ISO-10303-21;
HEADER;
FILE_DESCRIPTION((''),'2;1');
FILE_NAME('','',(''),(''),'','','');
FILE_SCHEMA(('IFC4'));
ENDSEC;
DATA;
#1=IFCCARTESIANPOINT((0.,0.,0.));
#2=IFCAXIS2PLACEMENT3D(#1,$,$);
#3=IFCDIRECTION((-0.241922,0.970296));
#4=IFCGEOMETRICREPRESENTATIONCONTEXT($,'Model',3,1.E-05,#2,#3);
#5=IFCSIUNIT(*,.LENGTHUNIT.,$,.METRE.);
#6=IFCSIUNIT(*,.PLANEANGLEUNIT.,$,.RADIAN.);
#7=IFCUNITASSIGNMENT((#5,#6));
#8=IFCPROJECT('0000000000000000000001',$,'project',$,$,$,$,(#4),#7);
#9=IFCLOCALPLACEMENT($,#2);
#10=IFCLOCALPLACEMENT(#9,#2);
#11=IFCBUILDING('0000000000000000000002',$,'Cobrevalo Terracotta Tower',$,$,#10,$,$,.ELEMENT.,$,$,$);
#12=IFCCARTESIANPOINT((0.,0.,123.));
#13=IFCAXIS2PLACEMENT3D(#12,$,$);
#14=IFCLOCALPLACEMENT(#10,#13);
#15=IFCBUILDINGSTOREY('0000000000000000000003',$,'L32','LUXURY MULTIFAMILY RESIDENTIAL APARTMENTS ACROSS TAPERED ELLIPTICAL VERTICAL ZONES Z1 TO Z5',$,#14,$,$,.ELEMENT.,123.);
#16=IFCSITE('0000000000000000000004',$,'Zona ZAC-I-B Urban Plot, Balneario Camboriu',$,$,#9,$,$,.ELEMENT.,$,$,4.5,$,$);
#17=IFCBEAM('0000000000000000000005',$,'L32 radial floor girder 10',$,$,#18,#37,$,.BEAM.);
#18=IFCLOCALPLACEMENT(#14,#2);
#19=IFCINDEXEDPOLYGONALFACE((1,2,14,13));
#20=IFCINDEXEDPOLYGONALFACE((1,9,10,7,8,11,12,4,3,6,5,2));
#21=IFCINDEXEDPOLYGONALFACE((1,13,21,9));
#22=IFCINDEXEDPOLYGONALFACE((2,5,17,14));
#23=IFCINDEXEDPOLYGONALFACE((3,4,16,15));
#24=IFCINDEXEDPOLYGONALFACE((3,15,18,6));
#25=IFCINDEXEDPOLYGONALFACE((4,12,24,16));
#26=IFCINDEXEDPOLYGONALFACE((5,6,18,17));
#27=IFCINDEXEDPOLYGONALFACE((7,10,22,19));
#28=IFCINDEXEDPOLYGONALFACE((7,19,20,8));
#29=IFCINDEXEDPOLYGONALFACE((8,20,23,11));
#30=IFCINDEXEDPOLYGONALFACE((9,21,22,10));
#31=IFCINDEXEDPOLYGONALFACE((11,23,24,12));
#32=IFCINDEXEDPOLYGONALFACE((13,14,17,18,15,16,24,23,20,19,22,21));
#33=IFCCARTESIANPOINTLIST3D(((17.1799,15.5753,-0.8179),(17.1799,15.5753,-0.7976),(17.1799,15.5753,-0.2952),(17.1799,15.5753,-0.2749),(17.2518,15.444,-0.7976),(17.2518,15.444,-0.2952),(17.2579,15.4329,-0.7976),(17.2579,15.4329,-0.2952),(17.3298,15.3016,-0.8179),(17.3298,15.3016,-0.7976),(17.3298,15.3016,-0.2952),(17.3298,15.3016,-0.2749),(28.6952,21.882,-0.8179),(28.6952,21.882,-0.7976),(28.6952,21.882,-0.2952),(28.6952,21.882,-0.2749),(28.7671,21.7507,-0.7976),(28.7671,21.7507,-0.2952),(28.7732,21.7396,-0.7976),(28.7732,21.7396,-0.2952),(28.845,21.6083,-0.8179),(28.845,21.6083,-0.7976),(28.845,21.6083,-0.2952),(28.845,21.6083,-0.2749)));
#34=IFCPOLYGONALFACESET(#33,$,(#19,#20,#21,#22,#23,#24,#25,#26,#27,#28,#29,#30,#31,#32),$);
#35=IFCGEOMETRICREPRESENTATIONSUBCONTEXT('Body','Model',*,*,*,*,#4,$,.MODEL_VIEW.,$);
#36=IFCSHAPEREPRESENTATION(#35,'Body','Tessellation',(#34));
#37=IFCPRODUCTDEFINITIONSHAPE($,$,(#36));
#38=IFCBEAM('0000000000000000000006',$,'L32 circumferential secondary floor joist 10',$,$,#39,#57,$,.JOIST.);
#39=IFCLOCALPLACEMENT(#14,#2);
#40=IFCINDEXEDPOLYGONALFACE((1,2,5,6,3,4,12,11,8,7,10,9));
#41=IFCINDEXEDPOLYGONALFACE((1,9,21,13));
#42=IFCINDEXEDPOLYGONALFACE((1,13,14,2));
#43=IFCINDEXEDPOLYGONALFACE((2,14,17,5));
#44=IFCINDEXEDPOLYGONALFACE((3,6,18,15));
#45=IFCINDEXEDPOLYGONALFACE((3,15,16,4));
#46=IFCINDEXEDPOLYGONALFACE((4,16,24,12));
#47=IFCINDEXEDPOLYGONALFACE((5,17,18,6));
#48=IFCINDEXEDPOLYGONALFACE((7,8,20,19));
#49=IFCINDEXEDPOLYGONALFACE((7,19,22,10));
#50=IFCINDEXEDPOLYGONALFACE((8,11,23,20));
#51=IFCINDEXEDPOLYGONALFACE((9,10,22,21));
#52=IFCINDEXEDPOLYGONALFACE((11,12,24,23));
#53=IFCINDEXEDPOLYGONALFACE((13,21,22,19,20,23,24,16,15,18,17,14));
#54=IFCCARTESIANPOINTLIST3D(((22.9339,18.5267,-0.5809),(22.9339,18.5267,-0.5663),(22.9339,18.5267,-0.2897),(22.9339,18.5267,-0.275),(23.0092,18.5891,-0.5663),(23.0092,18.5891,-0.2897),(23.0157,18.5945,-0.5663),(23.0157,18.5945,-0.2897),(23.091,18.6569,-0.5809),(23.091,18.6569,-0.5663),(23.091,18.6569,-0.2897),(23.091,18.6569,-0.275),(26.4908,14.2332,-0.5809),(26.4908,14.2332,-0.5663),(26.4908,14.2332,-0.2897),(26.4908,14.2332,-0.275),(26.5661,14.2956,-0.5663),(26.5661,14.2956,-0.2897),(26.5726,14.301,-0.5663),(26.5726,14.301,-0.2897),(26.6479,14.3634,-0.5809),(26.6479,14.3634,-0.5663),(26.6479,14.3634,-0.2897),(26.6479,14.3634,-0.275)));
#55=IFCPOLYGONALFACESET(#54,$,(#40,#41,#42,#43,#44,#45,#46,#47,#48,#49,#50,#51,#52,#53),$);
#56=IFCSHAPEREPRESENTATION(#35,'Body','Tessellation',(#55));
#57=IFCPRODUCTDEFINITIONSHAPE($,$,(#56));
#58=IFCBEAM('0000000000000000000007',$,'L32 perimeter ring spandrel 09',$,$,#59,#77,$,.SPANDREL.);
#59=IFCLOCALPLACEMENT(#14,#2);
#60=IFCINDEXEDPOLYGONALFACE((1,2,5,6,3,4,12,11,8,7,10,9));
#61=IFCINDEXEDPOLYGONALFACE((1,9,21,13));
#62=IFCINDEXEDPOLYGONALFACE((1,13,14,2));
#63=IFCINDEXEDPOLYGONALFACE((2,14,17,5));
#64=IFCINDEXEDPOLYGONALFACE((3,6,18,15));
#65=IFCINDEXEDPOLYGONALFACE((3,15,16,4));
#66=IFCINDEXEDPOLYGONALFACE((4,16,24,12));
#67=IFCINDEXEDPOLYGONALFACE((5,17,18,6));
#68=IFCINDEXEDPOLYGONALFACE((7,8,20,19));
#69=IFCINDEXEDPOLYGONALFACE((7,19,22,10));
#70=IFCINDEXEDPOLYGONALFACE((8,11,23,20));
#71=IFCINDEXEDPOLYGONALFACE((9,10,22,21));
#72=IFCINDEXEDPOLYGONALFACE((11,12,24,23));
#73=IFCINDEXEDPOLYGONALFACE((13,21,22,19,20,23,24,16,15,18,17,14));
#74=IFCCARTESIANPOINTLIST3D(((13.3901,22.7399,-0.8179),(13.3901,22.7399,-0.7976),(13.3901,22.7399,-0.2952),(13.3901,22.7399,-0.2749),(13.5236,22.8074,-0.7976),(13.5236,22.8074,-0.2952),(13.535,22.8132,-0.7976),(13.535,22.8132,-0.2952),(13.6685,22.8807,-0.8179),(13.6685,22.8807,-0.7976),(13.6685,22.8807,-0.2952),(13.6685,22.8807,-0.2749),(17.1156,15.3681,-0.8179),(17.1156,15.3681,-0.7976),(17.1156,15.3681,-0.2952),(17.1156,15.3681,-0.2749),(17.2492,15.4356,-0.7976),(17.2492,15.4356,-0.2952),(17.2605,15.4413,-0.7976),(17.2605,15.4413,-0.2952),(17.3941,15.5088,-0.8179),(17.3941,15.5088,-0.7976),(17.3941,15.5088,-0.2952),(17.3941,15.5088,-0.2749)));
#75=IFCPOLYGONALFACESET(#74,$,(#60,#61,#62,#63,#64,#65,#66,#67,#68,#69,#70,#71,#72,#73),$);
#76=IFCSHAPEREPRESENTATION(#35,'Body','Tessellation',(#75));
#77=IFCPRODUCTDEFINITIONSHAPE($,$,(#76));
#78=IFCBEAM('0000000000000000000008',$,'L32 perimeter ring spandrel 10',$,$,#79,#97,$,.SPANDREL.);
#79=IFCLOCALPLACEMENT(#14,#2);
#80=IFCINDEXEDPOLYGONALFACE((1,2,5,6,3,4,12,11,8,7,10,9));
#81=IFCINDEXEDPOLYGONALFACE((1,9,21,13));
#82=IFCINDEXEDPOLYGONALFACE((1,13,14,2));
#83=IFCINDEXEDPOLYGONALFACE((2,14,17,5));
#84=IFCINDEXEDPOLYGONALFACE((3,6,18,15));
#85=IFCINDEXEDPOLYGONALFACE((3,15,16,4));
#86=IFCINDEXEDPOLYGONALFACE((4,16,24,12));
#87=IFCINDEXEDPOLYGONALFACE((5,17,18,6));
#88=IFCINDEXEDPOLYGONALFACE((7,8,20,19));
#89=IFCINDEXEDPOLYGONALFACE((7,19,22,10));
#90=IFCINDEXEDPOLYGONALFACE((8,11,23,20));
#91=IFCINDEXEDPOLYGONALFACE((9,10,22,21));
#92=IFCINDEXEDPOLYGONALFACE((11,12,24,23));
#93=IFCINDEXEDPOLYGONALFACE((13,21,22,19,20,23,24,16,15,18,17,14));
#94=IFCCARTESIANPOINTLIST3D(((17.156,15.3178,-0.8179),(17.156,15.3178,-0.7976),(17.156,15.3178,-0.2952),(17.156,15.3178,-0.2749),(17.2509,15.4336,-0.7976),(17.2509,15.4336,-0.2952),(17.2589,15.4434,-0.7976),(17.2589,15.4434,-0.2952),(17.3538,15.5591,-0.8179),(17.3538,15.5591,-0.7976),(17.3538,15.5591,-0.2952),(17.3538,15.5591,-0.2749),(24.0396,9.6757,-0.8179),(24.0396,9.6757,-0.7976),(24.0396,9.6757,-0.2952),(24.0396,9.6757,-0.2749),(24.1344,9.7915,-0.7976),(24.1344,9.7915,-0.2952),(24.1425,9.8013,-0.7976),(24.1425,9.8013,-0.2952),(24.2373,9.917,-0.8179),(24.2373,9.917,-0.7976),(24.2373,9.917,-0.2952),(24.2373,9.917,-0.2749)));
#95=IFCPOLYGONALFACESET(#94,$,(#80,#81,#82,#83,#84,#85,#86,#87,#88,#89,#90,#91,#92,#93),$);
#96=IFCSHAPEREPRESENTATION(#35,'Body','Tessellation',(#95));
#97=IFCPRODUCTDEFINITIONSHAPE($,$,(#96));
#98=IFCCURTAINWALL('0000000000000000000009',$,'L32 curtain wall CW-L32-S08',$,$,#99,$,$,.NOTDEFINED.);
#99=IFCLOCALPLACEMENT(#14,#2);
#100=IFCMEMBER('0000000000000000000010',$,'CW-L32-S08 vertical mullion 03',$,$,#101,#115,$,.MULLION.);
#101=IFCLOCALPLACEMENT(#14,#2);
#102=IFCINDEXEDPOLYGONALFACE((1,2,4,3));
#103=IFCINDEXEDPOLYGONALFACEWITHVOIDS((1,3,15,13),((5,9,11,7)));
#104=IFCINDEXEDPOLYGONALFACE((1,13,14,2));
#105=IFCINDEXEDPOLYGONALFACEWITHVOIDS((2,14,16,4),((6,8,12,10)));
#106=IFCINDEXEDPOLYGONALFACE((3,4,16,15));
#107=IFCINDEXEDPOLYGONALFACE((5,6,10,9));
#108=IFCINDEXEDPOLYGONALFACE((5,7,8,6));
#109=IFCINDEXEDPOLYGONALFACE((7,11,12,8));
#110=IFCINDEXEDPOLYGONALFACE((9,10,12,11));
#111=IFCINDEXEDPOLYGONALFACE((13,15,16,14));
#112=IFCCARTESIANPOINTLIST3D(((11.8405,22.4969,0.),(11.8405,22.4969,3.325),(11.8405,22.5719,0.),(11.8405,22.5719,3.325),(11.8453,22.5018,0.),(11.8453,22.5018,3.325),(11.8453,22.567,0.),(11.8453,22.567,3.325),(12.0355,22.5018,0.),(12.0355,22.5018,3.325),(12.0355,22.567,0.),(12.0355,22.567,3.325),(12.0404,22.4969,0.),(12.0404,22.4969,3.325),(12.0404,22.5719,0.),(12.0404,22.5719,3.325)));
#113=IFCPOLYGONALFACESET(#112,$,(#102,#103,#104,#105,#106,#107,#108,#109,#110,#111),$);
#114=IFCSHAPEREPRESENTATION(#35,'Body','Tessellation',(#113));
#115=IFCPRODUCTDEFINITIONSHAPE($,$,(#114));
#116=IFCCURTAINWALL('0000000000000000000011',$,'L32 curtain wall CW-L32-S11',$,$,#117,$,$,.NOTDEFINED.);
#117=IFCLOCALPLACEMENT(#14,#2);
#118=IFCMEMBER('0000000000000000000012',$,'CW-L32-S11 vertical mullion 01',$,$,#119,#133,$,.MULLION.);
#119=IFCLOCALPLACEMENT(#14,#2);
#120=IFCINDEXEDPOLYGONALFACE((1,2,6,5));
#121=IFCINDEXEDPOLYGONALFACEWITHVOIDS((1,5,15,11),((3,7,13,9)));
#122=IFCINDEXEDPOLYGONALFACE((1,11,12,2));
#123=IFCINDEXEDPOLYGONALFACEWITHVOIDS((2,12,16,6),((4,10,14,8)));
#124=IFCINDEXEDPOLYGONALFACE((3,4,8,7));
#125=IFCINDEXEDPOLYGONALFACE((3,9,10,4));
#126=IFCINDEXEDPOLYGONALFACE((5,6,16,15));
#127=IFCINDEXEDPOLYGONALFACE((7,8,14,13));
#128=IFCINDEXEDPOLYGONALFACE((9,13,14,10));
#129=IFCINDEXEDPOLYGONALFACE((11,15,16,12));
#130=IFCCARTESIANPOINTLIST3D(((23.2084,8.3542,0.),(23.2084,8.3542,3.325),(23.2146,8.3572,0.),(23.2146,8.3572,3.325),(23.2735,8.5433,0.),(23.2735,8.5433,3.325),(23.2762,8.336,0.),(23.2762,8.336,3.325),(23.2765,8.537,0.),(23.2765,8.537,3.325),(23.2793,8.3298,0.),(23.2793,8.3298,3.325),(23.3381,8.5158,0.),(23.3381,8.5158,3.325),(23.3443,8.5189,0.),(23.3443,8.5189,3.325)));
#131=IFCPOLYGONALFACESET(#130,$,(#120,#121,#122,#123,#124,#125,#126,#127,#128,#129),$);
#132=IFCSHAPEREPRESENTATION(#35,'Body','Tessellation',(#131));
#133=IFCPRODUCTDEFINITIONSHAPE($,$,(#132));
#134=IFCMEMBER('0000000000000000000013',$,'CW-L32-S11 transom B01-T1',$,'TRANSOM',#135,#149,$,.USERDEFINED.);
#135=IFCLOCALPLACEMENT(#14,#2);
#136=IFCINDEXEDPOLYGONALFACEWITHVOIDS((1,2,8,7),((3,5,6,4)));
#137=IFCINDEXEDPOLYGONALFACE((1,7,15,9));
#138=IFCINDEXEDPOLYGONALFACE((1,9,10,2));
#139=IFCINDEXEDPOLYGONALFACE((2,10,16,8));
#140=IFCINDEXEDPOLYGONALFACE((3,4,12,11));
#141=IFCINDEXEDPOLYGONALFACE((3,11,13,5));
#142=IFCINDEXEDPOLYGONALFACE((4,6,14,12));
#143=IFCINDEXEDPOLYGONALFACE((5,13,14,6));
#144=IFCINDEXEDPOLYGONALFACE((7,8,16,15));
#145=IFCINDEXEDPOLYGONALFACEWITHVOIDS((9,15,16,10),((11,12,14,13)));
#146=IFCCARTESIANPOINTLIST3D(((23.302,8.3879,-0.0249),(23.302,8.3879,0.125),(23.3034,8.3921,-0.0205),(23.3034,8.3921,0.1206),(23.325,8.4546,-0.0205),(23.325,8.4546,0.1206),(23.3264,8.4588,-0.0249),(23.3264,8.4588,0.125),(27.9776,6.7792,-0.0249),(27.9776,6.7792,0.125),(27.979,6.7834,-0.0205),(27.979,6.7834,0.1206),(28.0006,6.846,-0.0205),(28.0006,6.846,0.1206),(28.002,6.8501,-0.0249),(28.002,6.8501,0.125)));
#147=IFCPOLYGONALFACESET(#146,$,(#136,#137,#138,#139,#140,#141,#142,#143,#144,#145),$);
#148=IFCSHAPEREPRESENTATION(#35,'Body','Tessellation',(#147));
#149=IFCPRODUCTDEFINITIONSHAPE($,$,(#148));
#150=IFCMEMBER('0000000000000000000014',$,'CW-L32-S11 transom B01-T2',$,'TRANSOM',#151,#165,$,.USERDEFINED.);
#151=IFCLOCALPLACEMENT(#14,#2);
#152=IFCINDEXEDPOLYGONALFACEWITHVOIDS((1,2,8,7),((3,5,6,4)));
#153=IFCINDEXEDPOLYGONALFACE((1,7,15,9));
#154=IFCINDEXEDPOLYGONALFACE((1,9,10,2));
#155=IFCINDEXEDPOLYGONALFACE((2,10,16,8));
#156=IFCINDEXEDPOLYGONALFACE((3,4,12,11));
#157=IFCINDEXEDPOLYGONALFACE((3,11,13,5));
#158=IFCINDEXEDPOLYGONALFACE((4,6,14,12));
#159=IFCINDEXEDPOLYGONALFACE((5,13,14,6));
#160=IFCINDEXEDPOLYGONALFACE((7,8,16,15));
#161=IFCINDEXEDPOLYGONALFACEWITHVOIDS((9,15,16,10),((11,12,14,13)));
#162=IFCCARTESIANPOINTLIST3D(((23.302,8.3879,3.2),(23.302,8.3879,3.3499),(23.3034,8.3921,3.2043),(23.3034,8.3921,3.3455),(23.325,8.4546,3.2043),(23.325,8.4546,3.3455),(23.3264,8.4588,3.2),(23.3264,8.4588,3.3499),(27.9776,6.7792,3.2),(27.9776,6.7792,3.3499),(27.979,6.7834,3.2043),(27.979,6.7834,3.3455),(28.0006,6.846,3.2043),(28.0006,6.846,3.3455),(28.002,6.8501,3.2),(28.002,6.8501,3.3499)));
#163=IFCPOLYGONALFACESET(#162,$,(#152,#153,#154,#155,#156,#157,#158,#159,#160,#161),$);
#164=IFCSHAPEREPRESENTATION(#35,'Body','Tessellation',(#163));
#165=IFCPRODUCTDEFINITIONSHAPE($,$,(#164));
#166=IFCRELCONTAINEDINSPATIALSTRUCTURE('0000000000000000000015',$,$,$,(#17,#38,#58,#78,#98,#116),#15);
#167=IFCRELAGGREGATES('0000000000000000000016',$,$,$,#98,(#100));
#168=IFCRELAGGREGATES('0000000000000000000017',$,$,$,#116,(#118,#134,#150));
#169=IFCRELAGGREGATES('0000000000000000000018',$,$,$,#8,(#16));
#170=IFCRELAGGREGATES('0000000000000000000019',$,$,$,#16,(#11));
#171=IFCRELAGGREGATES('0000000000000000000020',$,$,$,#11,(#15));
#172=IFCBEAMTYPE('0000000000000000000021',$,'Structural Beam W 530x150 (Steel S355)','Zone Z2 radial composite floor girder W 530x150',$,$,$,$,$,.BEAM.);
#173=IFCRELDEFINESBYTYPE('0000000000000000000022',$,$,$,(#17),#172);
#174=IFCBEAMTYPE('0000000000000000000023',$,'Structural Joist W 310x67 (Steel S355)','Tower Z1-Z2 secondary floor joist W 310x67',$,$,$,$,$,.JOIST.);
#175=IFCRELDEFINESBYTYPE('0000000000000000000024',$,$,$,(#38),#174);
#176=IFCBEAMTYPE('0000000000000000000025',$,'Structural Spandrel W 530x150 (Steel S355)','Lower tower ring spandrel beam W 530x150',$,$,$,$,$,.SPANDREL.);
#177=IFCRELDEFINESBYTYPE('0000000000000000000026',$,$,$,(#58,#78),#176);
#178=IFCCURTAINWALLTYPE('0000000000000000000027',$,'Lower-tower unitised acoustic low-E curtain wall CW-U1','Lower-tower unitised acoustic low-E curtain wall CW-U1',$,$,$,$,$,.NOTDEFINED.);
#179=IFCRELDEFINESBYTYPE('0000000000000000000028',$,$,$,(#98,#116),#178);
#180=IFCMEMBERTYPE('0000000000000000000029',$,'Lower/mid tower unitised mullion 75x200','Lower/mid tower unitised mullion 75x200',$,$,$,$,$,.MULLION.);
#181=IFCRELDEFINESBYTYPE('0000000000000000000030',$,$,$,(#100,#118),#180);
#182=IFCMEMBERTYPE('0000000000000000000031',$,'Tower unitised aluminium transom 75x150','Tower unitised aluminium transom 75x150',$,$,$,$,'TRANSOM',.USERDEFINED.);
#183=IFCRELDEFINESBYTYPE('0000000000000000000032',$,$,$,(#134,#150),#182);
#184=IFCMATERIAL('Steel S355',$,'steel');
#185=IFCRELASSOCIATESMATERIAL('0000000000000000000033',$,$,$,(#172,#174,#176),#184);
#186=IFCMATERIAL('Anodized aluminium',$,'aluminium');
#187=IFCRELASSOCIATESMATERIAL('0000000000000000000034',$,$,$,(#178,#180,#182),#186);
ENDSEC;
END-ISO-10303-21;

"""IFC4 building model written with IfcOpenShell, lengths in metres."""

from ifc_helpers import new_model, si_unit, direction, frame, origin, origin_2d, place, context, subcontext, project, spatial, hollow_rectangle, i_section, extrude, source, transform, mapped, material, material_profile, profile_set, type_object, element, aggregate, save


model = new_model("IFC4")

# Units and contexts
model_context = context("Model", 3, precision=1e-05, world=origin(), true_north=direction((-0.241922, 0.970296)))
body_context = subcontext(model_context, "Body", "Model", "MODEL_VIEW")
ifc_project = project(units=[si_unit("LENGTHUNIT", "METRE"), si_unit("PLANEANGLEUNIT", "RADIAN")], contexts=[model_context])

# Site, building, storey
site_placement = place(None, origin())
site = spatial("IfcSite", under=ifc_project, at=site_placement, Name="Zona ZAC-I-B Urban Plot, Balneario Camboriu", CompositionType="ELEMENT", RefElevation=4.5)
building_placement = place(site_placement, origin())
building = spatial("IfcBuilding", under=site, at=building_placement, Name="Cobrevalo Terracotta Tower", CompositionType="ELEMENT")
storey_placement = place(building_placement, frame((0.0, 0.0, 123.0)))
storey = spatial("IfcBuildingStorey", under=building, at=storey_placement, Name="L32", Description="LUXURY MULTIFAMILY RESIDENTIAL APARTMENTS ACROSS TAPERED ELLIPTICAL VERTICAL ZONES Z1 TO Z5", CompositionType="ELEMENT", Elevation=123.0)

# Shared definitions
ifc_material_1 = material(Name="Steel S355", Category="steel")

# Beams
ifc_material_profile_1 = material_profile(ifc_material_1, i_section(OverallWidth=0.312, OverallDepth=0.543, WebThickness=0.0127, FlangeThickness=0.0203, at=origin_2d()), Name="W 530x150")
ifc_profile_set_1 = profile_set([ifc_material_profile_1], Name="Steel S355")
beam_type_1 = type_object("IfcBeamType", Name="Structural Beam W 530x150 (Steel S355)", Description="Zone Z2 radial composite floor girder W 530x150", PredefinedType="BEAM", material=ifc_profile_set_1)
beam_1_placement = place(storey_placement, frame((17.2549, 15.4385, -0.5464), z_axis=(0.877073, 0.480358, 0.0), x_axis=(-0.480358, 0.877073, 0.0)))
element("IfcBeam", 1, at=beam_1_placement, inside=storey, type_object=beam_type_1, Name="L32 radial floor girder 10", PredefinedType="BEAM", context=body_context, shape_type="SweptSolid", body=[
    extrude(i_section(OverallWidth=0.312, OverallDepth=0.543, WebThickness=0.0127, FlangeThickness=0.0203, at=origin_2d()), origin(), (0.0, 0.0, 1.0), 13.1292),
])
ifc_material_profile_2 = material_profile(ifc_material_1, i_section(OverallWidth=0.2041, OverallDepth=0.3059, WebThickness=0.0085, FlangeThickness=0.0146, at=origin_2d()), Name="W 310x67")
ifc_profile_set_2 = profile_set([ifc_material_profile_2], Name="Steel S355")
beam_type_2 = type_object("IfcBeamType", Name="Structural Joist W 310x67 (Steel S355)", Description="Tower Z1-Z2 secondary floor joist W 310x67", PredefinedType="JOIST", material=ifc_profile_set_2)
beam_2_placement = place(storey_placement, frame((23.0125, 18.5918, -0.428), z_axis=(0.637959, -0.77007, 0.0), x_axis=(0.77007, 0.637959, 0.0)))
element("IfcBeam", 2, at=beam_2_placement, inside=storey, type_object=beam_type_2, Name="L32 circumferential secondary floor joist 10", PredefinedType="JOIST", context=body_context, shape_type="SweptSolid", body=[
    extrude(i_section(OverallWidth=0.2041, OverallDepth=0.3059, WebThickness=0.0085, FlangeThickness=0.0146, at=origin_2d()), origin(), (0.0, 0.0, 1.0), 5.5754),
])
ifc_material_profile_3 = material_profile(ifc_material_1, i_section(OverallWidth=0.312, OverallDepth=0.543, WebThickness=0.0127, FlangeThickness=0.0203, at=origin_2d()), Name="W 530x150")
ifc_profile_set_3 = profile_set([ifc_material_profile_3], Name="Steel S355")
beam_type_3 = type_object("IfcBeamType", Name="Structural Spandrel W 530x150 (Steel S355)", Description="Lower tower ring spandrel beam W 530x150", PredefinedType="SPANDREL", material=ifc_profile_set_3)
beam_3_placement = place(storey_placement, frame((13.5293, 22.8103, -0.5464), z_axis=(0.451052, -0.892498, 0.0), x_axis=(0.892498, 0.451052, 0.0)))
element("IfcBeam", 3, at=beam_3_placement, inside=storey, type_object=beam_type_3, Name="L32 perimeter ring spandrel 09", PredefinedType="SPANDREL", context=body_context, shape_type="SweptSolid", body=[
    extrude(i_section(OverallWidth=0.312, OverallDepth=0.543, WebThickness=0.0127, FlangeThickness=0.0203, at=origin_2d()), origin(), (0.0, 0.0, 1.0), 8.2598),
])
beam_4_placement = place(storey_placement, frame((17.2549, 15.4385, -0.5464), z_axis=(0.773401, -0.633917, 0.0), x_axis=(0.633917, 0.773401, 0.0)))
element("IfcBeam", 4, at=beam_4_placement, inside=storey, type_object=beam_type_3, Name="L32 perimeter ring spandrel 10", PredefinedType="SPANDREL", context=body_context, shape_type="SweptSolid", body=[
    extrude(i_section(OverallWidth=0.312, OverallDepth=0.543, WebThickness=0.0127, FlangeThickness=0.0203, at=origin_2d()), origin(), (0.0, 0.0, 1.0), 8.9004),
])

# Curtain wall, member
ifc_material_2 = material(Name="Anodized aluminium", Category="aluminium")
curtain_wall_type = type_object("IfcCurtainWallType", Name="Lower-tower unitised acoustic low-E curtain wall CW-U1", Description="Lower-tower unitised acoustic low-E curtain wall CW-U1", PredefinedType="NOTDEFINED", material=ifc_material_2)
curtain_wall_1_placement = place(storey_placement, origin())
curtain_wall_1 = element("IfcCurtainWall", 5, at=curtain_wall_1_placement, inside=storey, type_object=curtain_wall_type, Name="L32 curtain wall CW-L32-S08", PredefinedType="NOTDEFINED")
ifc_material_profile_4 = material_profile(ifc_material_2, hollow_rectangle(XDim=0.075, YDim=0.2, WallThickness=0.0049, at=origin_2d()), Name="CWM 75x200")
ifc_profile_set_4 = profile_set([ifc_material_profile_4], Name="Anodized aluminium")
member_type_1 = type_object("IfcMemberType", Name="Lower/mid tower unitised mullion 75x200", Description="Lower/mid tower unitised mullion 75x200", PredefinedType="MULLION", material=ifc_profile_set_4)
shared_shape_1 = source(origin(), body_context, "Body", "SweptSolid", [
    extrude(hollow_rectangle(XDim=0.075, YDim=0.2, WallThickness=0.0049, at=origin_2d()), origin(), (0.0, 0.0, 1.0), 3.325),
])
member_1_placement = place(storey_placement, frame((11.9404, 22.5344, 0.0), z_axis=(0.0, 0.0, 1.0), x_axis=(0.0, -1.0, 0.0)))
member_1 = element("IfcMember", 6, at=member_1_placement, type_object=member_type_1, Name="CW-L32-S08 vertical mullion 03", PredefinedType="MULLION", context=body_context, shape_type="MappedRepresentation", body=[
    mapped(shared_shape_1, transform((0.0, 0.0, 0.0), scale=1.0)),
])
aggregate(curtain_wall_1, [member_1])

# Curtain wall, members
curtain_wall_2_placement = place(storey_placement, origin())
curtain_wall_2 = element("IfcCurtainWall", 7, at=curtain_wall_2_placement, inside=storey, type_object=curtain_wall_type, Name="L32 curtain wall CW-L32-S11", PredefinedType="NOTDEFINED")
member_2_placement = place(storey_placement, frame((23.2764, 8.4365, 0.0), z_axis=(0.0, 0.0, 1.0), x_axis=(0.945598, -0.325337, 0.0)))
member_2 = element("IfcMember", 8, at=member_2_placement, type_object=member_type_1, Name="CW-L32-S11 vertical mullion 01", PredefinedType="MULLION", context=body_context, shape_type="MappedRepresentation", body=[
    mapped(shared_shape_1, transform((0.0, 0.0, 0.0), scale=1.0)),
])
ifc_material_profile_5 = material_profile(ifc_material_2, hollow_rectangle(XDim=0.075, YDim=0.1499, WallThickness=0.0044, at=origin_2d()), Name="CWT 75x150")
ifc_profile_set_5 = profile_set([ifc_material_profile_5], Name="Anodized aluminium")
member_type_2 = type_object("IfcMemberType", Name="Tower unitised aluminium transom 75x150", Description="Tower unitised aluminium transom 75x150", ElementType="TRANSOM", PredefinedType="USERDEFINED", material=ifc_profile_set_5)
shared_shape_2 = source(origin(), body_context, "Body", "SweptSolid", [
    extrude(hollow_rectangle(XDim=0.075, YDim=0.1499, WallThickness=0.0044, at=origin_2d()), origin(), (0.0, 0.0, 1.0), 4.9446),
])
member_3_placement = place(storey_placement, frame((23.3142, 8.4233, 0.05), z_axis=(0.945598, -0.325338, 0.0), x_axis=(0.325338, 0.945598, 0.0)))
member_3 = element("IfcMember", 9, at=member_3_placement, type_object=member_type_2, Name="CW-L32-S11 transom B01-T1", ObjectType="TRANSOM", PredefinedType="USERDEFINED", context=body_context, shape_type="MappedRepresentation", body=[
    mapped(shared_shape_2, transform((0.0, 0.0, 0.0), scale=1.0)),
])
member_4_placement = place(storey_placement, frame((23.3142, 8.4233, 3.2749), z_axis=(0.945598, -0.325338, 0.0), x_axis=(0.325338, 0.945598, 0.0)))
member_4 = element("IfcMember", 10, at=member_4_placement, type_object=member_type_2, Name="CW-L32-S11 transom B01-T2", ObjectType="TRANSOM", PredefinedType="USERDEFINED", context=body_context, shape_type="MappedRepresentation", body=[
    mapped(shared_shape_2, transform((0.0, 0.0, 0.0), scale=1.0)),
])
aggregate(curtain_wall_2, [member_2, member_3, member_4])

save(model, "model.ifc")
